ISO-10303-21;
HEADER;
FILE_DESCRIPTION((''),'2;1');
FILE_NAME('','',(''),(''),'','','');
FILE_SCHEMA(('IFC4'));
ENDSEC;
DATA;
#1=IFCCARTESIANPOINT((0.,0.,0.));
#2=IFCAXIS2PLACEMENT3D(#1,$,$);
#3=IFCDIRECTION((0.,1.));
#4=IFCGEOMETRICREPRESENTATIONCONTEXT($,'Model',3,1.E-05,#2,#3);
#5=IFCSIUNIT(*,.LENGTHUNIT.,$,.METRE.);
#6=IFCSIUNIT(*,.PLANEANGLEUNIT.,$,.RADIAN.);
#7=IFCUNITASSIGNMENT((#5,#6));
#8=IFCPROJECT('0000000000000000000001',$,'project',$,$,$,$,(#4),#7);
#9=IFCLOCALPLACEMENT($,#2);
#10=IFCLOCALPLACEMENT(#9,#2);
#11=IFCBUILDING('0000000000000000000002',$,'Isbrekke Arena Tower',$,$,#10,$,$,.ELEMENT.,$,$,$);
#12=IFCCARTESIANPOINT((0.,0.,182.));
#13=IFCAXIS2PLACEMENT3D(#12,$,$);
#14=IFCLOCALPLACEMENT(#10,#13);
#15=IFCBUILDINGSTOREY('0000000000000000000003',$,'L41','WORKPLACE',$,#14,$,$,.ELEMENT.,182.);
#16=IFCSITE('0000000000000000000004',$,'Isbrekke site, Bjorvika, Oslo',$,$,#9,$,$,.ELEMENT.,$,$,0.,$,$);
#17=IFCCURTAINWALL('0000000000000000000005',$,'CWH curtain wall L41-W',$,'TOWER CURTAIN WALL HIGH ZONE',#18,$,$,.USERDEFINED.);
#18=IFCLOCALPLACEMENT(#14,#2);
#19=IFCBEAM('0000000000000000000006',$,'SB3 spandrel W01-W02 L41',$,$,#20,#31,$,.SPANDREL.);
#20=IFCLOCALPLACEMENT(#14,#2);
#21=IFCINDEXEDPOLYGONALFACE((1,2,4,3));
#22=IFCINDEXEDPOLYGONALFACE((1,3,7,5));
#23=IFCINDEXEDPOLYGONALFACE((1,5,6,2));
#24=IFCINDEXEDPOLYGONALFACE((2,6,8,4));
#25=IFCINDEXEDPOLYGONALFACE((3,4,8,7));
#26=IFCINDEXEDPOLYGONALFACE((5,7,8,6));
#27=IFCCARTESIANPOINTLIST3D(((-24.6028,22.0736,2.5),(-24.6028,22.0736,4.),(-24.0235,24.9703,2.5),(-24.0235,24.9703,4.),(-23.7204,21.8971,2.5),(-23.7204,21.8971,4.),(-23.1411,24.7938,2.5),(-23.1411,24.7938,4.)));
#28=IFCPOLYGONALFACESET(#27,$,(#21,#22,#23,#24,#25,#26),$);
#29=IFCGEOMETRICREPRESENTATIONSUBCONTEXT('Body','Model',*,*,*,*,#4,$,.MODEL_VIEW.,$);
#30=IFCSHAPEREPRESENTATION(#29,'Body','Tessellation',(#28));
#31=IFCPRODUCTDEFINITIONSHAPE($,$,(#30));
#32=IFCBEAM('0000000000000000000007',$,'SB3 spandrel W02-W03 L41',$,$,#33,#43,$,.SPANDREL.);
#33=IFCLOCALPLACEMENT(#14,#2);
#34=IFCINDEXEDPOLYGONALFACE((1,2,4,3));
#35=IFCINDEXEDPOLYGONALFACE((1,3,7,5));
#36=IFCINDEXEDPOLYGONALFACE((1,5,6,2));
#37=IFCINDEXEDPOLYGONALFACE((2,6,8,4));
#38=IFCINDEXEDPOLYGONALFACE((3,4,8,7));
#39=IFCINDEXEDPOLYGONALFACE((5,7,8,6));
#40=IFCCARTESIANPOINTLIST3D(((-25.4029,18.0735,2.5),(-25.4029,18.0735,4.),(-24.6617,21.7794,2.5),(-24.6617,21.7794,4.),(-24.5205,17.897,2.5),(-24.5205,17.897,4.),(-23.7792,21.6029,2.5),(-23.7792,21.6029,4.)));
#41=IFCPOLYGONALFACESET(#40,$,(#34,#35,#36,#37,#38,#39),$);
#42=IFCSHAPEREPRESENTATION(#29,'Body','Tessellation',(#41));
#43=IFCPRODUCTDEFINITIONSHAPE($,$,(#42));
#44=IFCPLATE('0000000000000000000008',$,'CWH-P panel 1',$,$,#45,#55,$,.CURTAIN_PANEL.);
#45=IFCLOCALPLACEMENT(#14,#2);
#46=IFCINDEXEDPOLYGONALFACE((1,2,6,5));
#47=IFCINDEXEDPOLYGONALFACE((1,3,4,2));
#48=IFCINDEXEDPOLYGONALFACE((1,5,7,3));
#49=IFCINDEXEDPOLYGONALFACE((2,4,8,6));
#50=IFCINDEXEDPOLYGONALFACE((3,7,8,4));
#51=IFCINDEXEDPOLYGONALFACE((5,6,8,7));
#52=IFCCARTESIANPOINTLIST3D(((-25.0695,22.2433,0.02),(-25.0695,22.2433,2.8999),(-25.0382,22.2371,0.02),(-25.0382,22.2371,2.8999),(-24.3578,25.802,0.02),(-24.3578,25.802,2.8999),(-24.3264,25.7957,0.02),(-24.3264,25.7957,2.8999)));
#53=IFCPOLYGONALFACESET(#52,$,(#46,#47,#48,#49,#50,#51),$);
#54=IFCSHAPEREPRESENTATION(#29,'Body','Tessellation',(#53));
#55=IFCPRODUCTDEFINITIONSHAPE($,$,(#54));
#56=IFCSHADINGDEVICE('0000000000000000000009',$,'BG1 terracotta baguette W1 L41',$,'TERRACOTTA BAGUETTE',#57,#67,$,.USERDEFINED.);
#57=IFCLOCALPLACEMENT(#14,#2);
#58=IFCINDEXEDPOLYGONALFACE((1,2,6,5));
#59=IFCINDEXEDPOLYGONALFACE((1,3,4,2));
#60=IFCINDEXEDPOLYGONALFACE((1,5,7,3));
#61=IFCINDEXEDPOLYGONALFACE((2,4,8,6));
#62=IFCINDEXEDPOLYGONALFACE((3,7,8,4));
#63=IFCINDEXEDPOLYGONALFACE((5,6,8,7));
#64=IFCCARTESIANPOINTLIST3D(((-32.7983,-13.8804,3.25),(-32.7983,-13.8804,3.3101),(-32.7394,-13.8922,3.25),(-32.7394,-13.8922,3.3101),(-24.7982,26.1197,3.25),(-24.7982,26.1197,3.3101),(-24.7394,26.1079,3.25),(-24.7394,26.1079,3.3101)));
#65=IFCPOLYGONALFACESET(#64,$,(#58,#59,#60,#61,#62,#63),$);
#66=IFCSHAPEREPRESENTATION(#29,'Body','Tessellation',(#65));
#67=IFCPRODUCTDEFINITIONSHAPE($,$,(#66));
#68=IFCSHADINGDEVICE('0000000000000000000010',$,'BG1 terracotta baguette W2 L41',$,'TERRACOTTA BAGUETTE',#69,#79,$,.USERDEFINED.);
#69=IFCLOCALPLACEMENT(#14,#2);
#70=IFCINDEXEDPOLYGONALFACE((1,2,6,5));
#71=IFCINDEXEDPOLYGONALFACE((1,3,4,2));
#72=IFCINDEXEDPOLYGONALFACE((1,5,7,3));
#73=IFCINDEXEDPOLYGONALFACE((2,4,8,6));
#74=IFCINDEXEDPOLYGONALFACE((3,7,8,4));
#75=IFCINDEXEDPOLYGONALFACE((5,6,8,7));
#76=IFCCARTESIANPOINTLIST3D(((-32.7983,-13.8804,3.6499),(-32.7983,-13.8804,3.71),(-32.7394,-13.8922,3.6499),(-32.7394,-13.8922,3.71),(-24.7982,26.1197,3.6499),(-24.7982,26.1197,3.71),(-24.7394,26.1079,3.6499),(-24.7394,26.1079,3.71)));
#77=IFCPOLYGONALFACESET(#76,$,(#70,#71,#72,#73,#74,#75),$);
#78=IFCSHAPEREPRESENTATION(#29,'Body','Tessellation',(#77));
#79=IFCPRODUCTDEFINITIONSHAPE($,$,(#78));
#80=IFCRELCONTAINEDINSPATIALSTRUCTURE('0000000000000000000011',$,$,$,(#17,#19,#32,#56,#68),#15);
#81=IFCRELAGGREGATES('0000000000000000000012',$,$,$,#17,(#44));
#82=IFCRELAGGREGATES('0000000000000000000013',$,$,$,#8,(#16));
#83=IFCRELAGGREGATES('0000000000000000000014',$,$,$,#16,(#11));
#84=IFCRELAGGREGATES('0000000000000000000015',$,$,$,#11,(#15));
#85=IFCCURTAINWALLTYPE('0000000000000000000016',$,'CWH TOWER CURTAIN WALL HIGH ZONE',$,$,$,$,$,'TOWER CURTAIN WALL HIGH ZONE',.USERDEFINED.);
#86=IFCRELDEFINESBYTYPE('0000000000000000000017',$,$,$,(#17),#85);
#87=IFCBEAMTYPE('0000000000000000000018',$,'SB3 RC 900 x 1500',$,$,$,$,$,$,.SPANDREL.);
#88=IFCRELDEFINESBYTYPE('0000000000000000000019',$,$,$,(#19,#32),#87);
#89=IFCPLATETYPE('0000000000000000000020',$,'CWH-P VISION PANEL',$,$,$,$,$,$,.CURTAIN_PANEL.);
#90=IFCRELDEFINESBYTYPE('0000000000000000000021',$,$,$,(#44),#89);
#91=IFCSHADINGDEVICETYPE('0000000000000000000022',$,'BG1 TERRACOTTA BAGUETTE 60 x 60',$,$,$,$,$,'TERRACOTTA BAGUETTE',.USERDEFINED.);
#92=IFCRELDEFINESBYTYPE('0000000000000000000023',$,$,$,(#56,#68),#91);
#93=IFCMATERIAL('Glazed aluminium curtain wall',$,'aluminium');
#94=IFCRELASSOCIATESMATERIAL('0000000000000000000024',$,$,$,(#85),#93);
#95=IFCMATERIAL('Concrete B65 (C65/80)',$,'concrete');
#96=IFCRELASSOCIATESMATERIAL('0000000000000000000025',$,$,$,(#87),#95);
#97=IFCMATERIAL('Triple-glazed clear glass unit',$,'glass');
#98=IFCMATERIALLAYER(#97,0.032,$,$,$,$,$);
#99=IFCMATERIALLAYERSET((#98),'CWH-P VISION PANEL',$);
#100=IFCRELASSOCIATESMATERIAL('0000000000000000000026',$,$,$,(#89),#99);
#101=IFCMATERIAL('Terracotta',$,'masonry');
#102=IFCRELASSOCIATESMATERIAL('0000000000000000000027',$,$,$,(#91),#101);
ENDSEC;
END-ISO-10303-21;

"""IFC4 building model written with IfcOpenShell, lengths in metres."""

from ifc_helpers import new_model, si_unit, direction, frame, origin, origin_2d, place, context, subcontext, project, spatial, rectangle, extrude, material, layer, layer_set, material_profile, profile_set, type_object, element, aggregate, save


model = new_model("IFC4")

# Units and contexts
model_context = context("Model", 3, precision=1e-05, world=origin(), true_north=direction((0.0, 1.0)))
body_context = subcontext(model_context, "Body", "Model", "MODEL_VIEW")
ifc_project = project(units=[si_unit("LENGTHUNIT", "METRE"), si_unit("PLANEANGLEUNIT", "RADIAN")], contexts=[model_context])

# Site, building, storey
site_placement = place(None, origin())
site = spatial("IfcSite", under=ifc_project, at=site_placement, Name="Isbrekke site, Bjorvika, Oslo", CompositionType="ELEMENT", RefElevation=0.0)
building_placement = place(site_placement, origin())
building = spatial("IfcBuilding", under=site, at=building_placement, Name="Isbrekke Arena Tower", CompositionType="ELEMENT")
storey_placement = place(building_placement, frame((0.0, 0.0, 182.0)))
storey = spatial("IfcBuildingStorey", under=building, at=storey_placement, Name="L41", Description="WORKPLACE", CompositionType="ELEMENT", Elevation=182.0)

# Shared definitions
ifc_material_1 = material(Name="Glazed aluminium curtain wall", Category="aluminium")
curtain_wall_type = type_object("IfcCurtainWallType", Name="CWH TOWER CURTAIN WALL HIGH ZONE", ElementType="TOWER CURTAIN WALL HIGH ZONE", PredefinedType="USERDEFINED", material=ifc_material_1)

# Curtain wall
curtain_wall_1_placement = place(storey_placement, origin())
curtain_wall_1 = element("IfcCurtainWall", 1, at=curtain_wall_1_placement, inside=storey, type_object=curtain_wall_type, Name="CWH curtain wall L41-W", ObjectType="TOWER CURTAIN WALL HIGH ZONE", PredefinedType="USERDEFINED")

# Beams
ifc_material_2 = material(Name="Concrete B65 (C65/80)", Category="concrete")
ifc_material_profile_1 = material_profile(ifc_material_2, rectangle(XDim=0.8999, YDim=1.5, at=origin_2d()), Name="RC 900x1500")
ifc_profile_set_1 = profile_set([ifc_material_profile_1], Name="Concrete B65 (C65/80)")
beam_type_1 = type_object("IfcBeamType", Name="SB3 RC 900 x 1500", PredefinedType="SPANDREL", material=ifc_profile_set_1)
beam_1_placement = place(storey_placement, frame((-23.5823, 24.8821, 3.25), z_axis=(-0.196116, -0.980581, 0.0), x_axis=(0.980581, -0.196116, 0.0)))
element("IfcBeam", 2, at=beam_1_placement, inside=storey, type_object=beam_type_1, Name="SB3 spandrel W01-W02 L41", PredefinedType="SPANDREL", context=body_context, shape_type="SweptSolid", body=[
    extrude(rectangle(XDim=0.8999, YDim=1.5, at=origin_2d()), origin(), (0.0, 0.0, 1.0), 2.9541),
])
beam_2_placement = place(storey_placement, frame((-24.2205, 21.6912, 3.25), z_axis=(-0.196129, -0.980578, 0.0), x_axis=(0.980578, -0.196129, 0.0)))
element("IfcBeam", 3, at=beam_2_placement, inside=storey, type_object=beam_type_1, Name="SB3 spandrel W02-W03 L41", PredefinedType="SPANDREL", context=body_context, shape_type="SweptSolid", body=[
    extrude(rectangle(XDim=0.8999, YDim=1.5, at=origin_2d()), origin(), (0.0, 0.0, 1.0), 3.7793),
])

# Plate
ifc_material_3 = material(Name="Triple-glazed clear glass unit", Category="glass")
ifc_layer = layer(ifc_material_3, 0.032)
ifc_layer_set = layer_set([ifc_layer], Name="CWH-P VISION PANEL")
plate_type = type_object("IfcPlateType", Name="CWH-P VISION PANEL", PredefinedType="CURTAIN_PANEL", material=ifc_layer_set)
plate_placement = place(storey_placement, frame((-24.698, 24.0195, 0.02), z_axis=(0.0, 0.0, 1.0), x_axis=(-0.196116, -0.980581, 0.0)))
plate = element("IfcPlate", 4, at=plate_placement, type_object=plate_type, Name="CWH-P panel 1", PredefinedType="CURTAIN_PANEL", context=body_context, shape_type="SweptSolid", body=[
    extrude(rectangle(XDim=3.6292, YDim=0.032, at=origin_2d()), origin(), (0.0, 0.0, 1.0), 2.8799),
])
aggregate(curtain_wall_1, [plate])

# Shading devices
ifc_material_4 = material(Name="Terracotta", Category="masonry")
ifc_material_profile_2 = material_profile(ifc_material_4, rectangle(XDim=0.0601, YDim=0.0601, at=origin_2d()), Name="BAGUETTE 60X60")
ifc_profile_set_2 = profile_set([ifc_material_profile_2], Name="Terracotta")
shading_device_type = type_object("IfcShadingDeviceType", Name="BG1 TERRACOTTA BAGUETTE 60 x 60", ElementType="TERRACOTTA BAGUETTE", PredefinedType="USERDEFINED", material=ifc_profile_set_2)
for number, where, z_axis, x_axis, name in (
    (5, (-24.7688, 26.1138, 3.28), (-0.196116, -0.980581, 0.0), (0.980581, -0.196116, 0.0), "BG1 terracotta baguette W1 L41"),
    (6, (-24.7688, 26.1138, 3.6799), (-0.196116, -0.980581, 0.0), (0.980581, -0.196116, 0.0), "BG1 terracotta baguette W2 L41"),
):
    element("IfcShadingDevice", number, at=place(storey_placement, frame(where, z_axis=z_axis, x_axis=x_axis)), inside=storey, type_object=shading_device_type, Name=name, ObjectType="TERRACOTTA BAGUETTE", PredefinedType="USERDEFINED", context=body_context, shape_type="SweptSolid", body=[
        extrude(rectangle(XDim=0.0601, YDim=0.0601, at=origin_2d()), origin(), (0.0, 0.0, 1.0), 40.7922),
    ])

save(model, "model.ifc")
